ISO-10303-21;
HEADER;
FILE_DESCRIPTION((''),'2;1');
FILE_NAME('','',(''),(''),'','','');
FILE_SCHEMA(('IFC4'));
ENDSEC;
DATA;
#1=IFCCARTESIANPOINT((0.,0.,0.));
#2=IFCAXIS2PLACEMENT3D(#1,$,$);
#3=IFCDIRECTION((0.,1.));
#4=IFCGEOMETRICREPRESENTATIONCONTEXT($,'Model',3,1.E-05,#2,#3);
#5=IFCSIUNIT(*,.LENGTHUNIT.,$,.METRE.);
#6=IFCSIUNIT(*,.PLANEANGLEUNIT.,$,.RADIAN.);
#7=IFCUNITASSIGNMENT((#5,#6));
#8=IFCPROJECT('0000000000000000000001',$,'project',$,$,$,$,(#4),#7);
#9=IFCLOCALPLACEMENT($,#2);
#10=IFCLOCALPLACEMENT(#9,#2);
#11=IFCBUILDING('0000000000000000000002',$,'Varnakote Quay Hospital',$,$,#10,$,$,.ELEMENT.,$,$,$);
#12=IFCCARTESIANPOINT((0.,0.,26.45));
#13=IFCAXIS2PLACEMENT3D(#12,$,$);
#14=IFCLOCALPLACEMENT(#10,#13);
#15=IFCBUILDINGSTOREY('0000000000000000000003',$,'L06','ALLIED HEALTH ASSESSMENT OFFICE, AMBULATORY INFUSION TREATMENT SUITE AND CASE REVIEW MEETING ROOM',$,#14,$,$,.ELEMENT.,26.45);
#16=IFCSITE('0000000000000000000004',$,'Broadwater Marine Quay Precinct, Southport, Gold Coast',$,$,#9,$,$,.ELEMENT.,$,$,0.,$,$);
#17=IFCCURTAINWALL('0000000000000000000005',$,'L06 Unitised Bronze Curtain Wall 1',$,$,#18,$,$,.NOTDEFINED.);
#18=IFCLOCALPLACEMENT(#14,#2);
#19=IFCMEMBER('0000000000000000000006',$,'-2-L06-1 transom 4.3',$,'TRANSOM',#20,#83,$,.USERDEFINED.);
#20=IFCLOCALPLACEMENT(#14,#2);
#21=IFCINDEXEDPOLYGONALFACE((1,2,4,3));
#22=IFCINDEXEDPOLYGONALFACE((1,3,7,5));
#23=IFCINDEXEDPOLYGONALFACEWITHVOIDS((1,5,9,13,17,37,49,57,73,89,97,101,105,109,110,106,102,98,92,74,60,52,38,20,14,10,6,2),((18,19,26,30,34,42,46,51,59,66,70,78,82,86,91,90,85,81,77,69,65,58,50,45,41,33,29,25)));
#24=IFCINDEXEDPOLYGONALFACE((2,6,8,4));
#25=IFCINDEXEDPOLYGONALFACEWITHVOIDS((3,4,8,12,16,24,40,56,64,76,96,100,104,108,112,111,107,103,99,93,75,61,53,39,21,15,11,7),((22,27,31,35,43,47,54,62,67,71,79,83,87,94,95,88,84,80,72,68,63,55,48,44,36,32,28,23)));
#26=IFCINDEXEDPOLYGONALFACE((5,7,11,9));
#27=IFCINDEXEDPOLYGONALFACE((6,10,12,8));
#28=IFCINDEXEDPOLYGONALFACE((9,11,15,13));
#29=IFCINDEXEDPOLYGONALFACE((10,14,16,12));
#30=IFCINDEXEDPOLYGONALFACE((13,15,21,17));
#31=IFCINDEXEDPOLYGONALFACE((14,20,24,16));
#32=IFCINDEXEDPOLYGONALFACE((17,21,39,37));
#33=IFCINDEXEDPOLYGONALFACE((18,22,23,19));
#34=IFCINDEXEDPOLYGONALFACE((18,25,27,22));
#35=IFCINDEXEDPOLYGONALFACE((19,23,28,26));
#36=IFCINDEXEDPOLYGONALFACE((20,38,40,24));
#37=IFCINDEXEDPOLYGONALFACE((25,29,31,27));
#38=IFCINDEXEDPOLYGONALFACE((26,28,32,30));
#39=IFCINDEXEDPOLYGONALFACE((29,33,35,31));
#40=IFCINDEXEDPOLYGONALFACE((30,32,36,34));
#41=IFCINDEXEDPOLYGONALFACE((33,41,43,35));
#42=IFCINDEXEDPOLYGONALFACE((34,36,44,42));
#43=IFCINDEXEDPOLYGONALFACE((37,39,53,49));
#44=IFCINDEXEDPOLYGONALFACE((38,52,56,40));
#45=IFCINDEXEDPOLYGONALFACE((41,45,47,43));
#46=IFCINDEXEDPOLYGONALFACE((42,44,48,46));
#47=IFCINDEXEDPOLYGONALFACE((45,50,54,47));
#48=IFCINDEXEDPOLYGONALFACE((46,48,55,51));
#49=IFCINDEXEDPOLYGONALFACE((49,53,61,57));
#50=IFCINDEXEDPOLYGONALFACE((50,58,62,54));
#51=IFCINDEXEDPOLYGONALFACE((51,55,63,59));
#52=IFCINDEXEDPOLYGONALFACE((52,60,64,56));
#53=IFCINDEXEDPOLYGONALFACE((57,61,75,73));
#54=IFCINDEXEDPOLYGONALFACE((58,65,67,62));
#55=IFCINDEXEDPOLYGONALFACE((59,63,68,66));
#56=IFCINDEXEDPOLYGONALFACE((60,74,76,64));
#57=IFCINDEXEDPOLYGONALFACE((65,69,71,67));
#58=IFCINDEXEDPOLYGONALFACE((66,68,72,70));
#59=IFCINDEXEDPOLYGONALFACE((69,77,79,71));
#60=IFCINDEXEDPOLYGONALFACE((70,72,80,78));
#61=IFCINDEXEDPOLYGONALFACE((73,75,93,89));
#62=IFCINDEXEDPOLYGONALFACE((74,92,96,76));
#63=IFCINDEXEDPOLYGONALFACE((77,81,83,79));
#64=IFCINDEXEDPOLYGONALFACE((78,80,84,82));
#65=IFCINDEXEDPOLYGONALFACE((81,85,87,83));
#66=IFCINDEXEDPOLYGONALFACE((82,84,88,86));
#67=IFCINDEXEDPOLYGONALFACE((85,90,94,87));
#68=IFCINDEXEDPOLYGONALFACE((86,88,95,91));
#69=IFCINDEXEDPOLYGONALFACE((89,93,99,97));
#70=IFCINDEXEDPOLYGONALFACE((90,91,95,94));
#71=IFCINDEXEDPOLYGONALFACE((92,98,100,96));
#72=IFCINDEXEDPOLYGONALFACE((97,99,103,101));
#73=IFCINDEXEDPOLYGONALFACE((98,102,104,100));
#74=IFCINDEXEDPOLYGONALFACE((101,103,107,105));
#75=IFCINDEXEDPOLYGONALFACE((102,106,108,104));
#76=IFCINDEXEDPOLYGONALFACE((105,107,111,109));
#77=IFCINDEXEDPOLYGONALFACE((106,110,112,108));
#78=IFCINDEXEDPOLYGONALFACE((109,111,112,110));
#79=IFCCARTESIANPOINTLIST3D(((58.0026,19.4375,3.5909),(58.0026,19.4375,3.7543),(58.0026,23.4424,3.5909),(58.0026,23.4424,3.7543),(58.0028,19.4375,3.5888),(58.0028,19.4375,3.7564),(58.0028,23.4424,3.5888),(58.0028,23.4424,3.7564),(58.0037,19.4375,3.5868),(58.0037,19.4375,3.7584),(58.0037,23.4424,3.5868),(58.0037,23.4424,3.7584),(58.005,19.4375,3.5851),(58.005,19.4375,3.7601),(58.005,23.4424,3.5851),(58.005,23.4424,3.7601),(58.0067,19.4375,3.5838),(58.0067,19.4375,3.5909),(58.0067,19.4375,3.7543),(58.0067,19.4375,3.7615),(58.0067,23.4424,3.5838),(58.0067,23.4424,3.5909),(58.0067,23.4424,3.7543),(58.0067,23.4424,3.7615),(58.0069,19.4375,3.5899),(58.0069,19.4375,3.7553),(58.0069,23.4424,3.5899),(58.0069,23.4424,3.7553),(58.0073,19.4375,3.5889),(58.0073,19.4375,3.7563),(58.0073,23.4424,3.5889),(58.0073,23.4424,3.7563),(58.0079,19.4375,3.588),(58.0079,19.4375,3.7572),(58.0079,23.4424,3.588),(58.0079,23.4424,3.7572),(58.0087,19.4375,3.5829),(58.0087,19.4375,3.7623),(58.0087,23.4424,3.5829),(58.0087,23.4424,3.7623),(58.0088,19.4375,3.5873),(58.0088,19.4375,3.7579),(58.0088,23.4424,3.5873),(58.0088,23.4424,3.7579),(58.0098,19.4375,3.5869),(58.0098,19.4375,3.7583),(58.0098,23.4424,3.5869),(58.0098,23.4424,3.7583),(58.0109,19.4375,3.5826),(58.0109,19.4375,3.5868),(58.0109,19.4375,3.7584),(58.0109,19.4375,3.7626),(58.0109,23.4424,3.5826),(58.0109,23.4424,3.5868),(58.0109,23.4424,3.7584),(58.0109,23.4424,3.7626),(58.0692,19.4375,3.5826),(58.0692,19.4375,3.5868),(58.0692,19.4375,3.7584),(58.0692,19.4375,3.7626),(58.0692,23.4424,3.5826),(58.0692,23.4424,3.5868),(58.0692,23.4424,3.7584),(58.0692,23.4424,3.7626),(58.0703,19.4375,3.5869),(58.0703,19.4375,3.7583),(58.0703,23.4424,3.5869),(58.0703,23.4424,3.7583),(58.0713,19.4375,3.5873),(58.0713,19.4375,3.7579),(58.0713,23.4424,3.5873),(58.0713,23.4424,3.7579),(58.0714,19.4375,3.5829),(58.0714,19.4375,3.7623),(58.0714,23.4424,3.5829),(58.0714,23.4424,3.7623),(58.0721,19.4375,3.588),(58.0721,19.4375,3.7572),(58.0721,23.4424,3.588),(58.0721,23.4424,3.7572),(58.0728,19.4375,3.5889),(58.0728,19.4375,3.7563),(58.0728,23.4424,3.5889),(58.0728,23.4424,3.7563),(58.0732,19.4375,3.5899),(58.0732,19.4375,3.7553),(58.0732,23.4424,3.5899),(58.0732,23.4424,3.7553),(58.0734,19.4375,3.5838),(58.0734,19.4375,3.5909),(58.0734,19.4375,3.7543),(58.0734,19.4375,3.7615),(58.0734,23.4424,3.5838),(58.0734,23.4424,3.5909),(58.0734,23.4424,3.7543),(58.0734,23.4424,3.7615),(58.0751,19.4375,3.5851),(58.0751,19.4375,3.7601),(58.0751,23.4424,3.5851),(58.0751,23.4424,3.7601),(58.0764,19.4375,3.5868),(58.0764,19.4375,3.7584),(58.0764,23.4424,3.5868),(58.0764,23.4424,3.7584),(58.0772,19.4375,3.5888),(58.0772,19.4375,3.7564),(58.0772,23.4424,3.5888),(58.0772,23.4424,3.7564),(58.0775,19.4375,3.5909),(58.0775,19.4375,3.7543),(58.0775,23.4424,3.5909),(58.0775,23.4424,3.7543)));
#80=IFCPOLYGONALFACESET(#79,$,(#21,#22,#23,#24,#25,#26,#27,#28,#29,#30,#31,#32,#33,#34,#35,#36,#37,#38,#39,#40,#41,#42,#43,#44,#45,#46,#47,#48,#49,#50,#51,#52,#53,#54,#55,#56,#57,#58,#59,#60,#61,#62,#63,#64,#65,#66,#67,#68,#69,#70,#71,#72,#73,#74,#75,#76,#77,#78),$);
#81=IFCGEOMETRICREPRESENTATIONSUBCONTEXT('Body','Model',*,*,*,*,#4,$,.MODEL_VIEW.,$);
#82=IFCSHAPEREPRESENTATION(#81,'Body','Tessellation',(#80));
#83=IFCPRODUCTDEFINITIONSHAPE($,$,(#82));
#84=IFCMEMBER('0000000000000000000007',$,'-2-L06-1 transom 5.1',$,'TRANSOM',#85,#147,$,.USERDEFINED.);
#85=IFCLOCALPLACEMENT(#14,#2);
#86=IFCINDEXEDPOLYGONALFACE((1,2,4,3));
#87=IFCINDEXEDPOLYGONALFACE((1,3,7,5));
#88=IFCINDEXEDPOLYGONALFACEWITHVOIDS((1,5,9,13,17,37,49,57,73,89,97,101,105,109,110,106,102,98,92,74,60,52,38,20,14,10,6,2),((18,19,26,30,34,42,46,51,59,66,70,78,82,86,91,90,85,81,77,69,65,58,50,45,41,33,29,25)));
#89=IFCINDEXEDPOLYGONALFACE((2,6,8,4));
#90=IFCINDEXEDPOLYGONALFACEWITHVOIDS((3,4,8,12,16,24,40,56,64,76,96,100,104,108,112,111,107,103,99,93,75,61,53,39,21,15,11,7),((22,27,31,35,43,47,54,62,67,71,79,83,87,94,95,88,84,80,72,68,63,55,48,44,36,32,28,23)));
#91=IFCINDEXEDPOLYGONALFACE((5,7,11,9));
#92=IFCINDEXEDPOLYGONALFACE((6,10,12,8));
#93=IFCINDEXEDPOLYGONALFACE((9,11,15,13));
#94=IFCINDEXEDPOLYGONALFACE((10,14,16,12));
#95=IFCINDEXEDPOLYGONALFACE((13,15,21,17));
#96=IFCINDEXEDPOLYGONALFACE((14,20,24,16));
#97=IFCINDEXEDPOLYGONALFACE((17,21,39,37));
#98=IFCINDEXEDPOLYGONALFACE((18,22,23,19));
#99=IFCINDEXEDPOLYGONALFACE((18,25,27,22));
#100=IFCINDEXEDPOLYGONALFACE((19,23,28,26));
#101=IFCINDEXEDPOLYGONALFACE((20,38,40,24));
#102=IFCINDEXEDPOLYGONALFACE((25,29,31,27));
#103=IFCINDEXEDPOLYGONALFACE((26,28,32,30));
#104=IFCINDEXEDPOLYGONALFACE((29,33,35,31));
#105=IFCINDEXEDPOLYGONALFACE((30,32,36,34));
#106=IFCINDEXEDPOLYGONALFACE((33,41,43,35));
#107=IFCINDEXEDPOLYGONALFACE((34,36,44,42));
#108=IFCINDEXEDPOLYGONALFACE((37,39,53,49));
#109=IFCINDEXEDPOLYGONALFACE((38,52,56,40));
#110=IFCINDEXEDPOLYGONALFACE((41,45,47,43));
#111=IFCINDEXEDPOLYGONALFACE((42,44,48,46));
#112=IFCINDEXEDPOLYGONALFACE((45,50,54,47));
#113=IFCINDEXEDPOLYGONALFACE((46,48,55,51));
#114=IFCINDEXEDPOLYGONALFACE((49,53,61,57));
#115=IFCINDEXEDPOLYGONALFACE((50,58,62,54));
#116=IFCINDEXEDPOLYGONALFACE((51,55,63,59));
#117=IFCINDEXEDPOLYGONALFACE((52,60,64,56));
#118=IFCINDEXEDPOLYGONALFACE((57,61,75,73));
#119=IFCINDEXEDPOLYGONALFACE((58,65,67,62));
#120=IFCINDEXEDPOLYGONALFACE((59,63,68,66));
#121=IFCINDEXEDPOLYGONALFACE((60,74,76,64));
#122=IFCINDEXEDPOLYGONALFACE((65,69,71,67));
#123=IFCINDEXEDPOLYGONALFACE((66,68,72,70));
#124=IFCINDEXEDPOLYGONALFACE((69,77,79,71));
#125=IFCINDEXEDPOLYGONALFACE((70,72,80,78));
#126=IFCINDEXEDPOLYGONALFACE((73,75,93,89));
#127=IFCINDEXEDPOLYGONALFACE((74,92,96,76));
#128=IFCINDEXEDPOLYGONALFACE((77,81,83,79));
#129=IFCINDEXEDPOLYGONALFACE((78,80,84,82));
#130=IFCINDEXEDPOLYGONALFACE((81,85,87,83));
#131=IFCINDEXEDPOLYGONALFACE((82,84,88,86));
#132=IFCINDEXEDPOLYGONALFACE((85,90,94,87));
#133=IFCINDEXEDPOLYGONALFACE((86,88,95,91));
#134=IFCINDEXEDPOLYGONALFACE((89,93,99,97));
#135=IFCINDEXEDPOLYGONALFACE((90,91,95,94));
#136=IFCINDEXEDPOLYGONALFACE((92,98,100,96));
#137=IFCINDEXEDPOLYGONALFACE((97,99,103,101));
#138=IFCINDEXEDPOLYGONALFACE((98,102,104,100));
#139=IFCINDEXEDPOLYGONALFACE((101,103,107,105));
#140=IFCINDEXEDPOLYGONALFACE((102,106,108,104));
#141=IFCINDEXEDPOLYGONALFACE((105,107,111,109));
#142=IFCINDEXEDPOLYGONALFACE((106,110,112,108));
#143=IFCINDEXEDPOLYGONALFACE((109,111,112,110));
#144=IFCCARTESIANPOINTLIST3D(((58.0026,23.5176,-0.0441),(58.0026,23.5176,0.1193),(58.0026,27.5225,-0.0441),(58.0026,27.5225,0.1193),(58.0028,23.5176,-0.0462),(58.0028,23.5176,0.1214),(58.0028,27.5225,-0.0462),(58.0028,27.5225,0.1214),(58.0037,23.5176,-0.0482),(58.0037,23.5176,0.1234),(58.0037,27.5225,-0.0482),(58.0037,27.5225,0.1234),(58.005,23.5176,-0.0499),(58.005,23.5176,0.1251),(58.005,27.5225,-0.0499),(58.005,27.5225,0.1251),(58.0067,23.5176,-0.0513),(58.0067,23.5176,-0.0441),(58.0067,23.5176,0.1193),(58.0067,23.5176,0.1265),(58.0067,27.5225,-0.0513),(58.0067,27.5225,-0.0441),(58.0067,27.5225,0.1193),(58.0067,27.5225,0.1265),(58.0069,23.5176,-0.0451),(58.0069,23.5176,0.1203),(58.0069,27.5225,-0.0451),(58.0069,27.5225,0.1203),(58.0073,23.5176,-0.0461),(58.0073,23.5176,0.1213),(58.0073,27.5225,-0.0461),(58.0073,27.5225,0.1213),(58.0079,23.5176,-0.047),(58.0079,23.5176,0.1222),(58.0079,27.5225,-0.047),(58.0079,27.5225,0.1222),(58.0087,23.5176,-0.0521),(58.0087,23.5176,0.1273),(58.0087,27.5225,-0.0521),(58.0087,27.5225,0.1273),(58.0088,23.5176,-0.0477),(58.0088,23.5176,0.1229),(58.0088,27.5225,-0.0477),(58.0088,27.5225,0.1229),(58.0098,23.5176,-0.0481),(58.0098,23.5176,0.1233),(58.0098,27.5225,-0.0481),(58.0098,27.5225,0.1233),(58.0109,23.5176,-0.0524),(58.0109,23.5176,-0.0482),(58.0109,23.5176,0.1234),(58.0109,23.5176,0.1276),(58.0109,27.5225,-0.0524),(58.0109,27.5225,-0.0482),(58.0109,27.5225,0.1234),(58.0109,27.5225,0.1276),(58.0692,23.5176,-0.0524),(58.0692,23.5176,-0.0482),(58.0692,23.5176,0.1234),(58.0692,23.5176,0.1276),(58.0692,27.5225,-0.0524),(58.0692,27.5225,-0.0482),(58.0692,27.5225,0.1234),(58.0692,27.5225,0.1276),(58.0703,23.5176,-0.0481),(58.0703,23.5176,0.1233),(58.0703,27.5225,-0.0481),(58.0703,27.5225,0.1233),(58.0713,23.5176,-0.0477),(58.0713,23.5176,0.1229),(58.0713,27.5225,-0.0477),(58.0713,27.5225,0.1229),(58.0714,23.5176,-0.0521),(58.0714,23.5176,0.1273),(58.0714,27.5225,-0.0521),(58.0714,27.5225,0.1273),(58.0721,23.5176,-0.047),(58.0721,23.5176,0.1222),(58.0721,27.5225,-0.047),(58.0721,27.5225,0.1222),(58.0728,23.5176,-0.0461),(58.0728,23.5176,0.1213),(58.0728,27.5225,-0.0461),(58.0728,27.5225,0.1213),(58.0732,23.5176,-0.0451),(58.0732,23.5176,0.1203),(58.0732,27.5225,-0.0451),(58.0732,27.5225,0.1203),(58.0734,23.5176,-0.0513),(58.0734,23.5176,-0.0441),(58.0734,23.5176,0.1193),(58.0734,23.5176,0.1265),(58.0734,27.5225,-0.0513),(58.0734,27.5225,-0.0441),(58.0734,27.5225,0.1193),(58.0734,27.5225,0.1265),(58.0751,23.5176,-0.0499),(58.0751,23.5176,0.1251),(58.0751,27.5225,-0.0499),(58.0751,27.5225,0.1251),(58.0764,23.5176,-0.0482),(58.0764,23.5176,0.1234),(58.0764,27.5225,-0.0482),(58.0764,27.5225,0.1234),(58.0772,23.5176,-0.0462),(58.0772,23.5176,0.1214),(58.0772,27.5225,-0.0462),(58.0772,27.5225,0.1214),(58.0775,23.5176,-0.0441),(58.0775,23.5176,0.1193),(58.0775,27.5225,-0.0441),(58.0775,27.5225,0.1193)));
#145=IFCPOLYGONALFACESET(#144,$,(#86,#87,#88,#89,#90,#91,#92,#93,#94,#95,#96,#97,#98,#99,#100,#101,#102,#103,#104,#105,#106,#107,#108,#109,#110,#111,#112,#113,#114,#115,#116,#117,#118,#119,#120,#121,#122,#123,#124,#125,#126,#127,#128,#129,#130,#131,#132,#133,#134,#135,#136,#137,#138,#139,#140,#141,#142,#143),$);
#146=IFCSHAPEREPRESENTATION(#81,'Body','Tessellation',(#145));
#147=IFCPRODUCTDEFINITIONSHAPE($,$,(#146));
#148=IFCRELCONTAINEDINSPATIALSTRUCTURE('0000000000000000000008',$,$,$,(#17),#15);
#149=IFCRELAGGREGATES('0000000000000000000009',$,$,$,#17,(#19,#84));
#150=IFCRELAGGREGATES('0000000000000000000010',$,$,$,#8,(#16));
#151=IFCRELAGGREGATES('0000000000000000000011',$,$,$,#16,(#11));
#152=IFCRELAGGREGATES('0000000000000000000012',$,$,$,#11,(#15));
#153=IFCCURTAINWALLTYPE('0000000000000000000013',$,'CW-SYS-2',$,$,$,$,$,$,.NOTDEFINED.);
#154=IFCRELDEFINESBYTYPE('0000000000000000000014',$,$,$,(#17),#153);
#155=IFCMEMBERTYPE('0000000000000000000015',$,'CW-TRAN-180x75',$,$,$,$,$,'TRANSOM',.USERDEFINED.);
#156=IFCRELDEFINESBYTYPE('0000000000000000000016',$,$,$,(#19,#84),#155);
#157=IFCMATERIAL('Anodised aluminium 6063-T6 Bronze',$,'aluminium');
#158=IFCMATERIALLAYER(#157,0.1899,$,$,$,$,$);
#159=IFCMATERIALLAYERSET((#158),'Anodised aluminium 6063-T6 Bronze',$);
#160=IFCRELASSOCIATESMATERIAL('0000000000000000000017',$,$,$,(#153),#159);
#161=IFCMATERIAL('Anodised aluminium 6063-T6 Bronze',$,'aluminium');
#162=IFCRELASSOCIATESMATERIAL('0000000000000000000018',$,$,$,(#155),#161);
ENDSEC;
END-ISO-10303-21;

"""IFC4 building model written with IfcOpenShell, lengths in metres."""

from ifc_helpers import new_model, si_unit, direction, frame, origin, origin_2d, place, context, subcontext, project, spatial, hollow_rectangle, extrude, material, layer, layer_set, material_profile, profile_set, type_object, element, aggregate, save


model = new_model("IFC4")

# Units and contexts
model_context = context("Model", 3, precision=1e-05, world=origin(), true_north=direction((0.0, 1.0)))
body_context = subcontext(model_context, "Body", "Model", "MODEL_VIEW")
ifc_project = project(units=[si_unit("LENGTHUNIT", "METRE"), si_unit("PLANEANGLEUNIT", "RADIAN")], contexts=[model_context])

# Site, building, storey
site_placement = place(None, origin())
site = spatial("IfcSite", under=ifc_project, at=site_placement, Name="Broadwater Marine Quay Precinct, Southport, Gold Coast", CompositionType="ELEMENT", RefElevation=0.0)
building_placement = place(site_placement, origin())
building = spatial("IfcBuilding", under=site, at=building_placement, Name="Varnakote Quay Hospital", CompositionType="ELEMENT")
storey_placement = place(building_placement, frame((0.0, 0.0, 26.45)))
storey = spatial("IfcBuildingStorey", under=building, at=storey_placement, Name="L06", Description="ALLIED HEALTH ASSESSMENT OFFICE, AMBULATORY INFUSION TREATMENT SUITE AND CASE REVIEW MEETING ROOM", CompositionType="ELEMENT", Elevation=26.45)

# Curtain wall, members
ifc_material_1 = material(Name="Anodised aluminium 6063-T6 Bronze", Category="aluminium")
ifc_layer_1 = layer(ifc_material_1, 0.1899)
ifc_layer_set_1 = layer_set([ifc_layer_1], Name="Anodised aluminium 6063-T6 Bronze")
curtain_wall_type = type_object("IfcCurtainWallType", Name="CW-SYS-2", PredefinedType="NOTDEFINED", material=ifc_layer_set_1)
curtain_wall_placement = place(storey_placement, origin())
curtain_wall = element("IfcCurtainWall", 1, at=curtain_wall_placement, inside=storey, type_object=curtain_wall_type, Name="L06 Unitised Bronze Curtain Wall 1", PredefinedType="NOTDEFINED")
ifc_material_2 = material(Name="Anodised aluminium 6063-T6 Bronze", Category="aluminium")
ifc_material_profile_1 = material_profile(ifc_material_2, hollow_rectangle(XDim=0.075, YDim=0.1799, WallThickness=0.0042, InnerFilletRadius=0.0042, OuterFilletRadius=0.0083, at=origin_2d()), Name="CW-TRAN-180x75")
ifc_profile_set_1 = profile_set([ifc_material_profile_1], Name="Anodised aluminium 6063-T6 Bronze")
member_type_1 = type_object("IfcMemberType", Name="CW-TRAN-180x75", ElementType="TRANSOM", PredefinedType="USERDEFINED", material=ifc_profile_set_1)
member_1_placement = place(storey_placement, frame((58.04, 19.4375, 3.6726), z_axis=(0.0, 1.0, 0.0), x_axis=(-1.0, 0.0, 0.0)))
member_1 = element("IfcMember", 2, at=member_1_placement, type_object=member_type_1, Name="-2-L06-1 transom 4.3", ObjectType="TRANSOM", PredefinedType="USERDEFINED", context=body_context, shape_type="SweptSolid", body=[
    extrude(hollow_rectangle(XDim=0.075, YDim=0.1799, WallThickness=0.0042, InnerFilletRadius=0.0042, OuterFilletRadius=0.0083, at=origin_2d()), origin(), (0.0, 0.0, 1.0), 4.0049),
])
member_2_placement = place(storey_placement, frame((58.04, 23.5176, 0.0376), z_axis=(0.0, 1.0, 0.0), x_axis=(-1.0, 0.0, 0.0)))
member_2 = element("IfcMember", 3, at=member_2_placement, type_object=member_type_1, Name="-2-L06-1 transom 5.1", ObjectType="TRANSOM", PredefinedType="USERDEFINED", context=body_context, shape_type="SweptSolid", body=[
    extrude(hollow_rectangle(XDim=0.075, YDim=0.1799, WallThickness=0.0042, InnerFilletRadius=0.0042, OuterFilletRadius=0.0083, at=origin_2d()), origin(), (0.0, 0.0, 1.0), 4.0049),
])
aggregate(curtain_wall, [member_1, member_2])

save(model, "model.ifc")
